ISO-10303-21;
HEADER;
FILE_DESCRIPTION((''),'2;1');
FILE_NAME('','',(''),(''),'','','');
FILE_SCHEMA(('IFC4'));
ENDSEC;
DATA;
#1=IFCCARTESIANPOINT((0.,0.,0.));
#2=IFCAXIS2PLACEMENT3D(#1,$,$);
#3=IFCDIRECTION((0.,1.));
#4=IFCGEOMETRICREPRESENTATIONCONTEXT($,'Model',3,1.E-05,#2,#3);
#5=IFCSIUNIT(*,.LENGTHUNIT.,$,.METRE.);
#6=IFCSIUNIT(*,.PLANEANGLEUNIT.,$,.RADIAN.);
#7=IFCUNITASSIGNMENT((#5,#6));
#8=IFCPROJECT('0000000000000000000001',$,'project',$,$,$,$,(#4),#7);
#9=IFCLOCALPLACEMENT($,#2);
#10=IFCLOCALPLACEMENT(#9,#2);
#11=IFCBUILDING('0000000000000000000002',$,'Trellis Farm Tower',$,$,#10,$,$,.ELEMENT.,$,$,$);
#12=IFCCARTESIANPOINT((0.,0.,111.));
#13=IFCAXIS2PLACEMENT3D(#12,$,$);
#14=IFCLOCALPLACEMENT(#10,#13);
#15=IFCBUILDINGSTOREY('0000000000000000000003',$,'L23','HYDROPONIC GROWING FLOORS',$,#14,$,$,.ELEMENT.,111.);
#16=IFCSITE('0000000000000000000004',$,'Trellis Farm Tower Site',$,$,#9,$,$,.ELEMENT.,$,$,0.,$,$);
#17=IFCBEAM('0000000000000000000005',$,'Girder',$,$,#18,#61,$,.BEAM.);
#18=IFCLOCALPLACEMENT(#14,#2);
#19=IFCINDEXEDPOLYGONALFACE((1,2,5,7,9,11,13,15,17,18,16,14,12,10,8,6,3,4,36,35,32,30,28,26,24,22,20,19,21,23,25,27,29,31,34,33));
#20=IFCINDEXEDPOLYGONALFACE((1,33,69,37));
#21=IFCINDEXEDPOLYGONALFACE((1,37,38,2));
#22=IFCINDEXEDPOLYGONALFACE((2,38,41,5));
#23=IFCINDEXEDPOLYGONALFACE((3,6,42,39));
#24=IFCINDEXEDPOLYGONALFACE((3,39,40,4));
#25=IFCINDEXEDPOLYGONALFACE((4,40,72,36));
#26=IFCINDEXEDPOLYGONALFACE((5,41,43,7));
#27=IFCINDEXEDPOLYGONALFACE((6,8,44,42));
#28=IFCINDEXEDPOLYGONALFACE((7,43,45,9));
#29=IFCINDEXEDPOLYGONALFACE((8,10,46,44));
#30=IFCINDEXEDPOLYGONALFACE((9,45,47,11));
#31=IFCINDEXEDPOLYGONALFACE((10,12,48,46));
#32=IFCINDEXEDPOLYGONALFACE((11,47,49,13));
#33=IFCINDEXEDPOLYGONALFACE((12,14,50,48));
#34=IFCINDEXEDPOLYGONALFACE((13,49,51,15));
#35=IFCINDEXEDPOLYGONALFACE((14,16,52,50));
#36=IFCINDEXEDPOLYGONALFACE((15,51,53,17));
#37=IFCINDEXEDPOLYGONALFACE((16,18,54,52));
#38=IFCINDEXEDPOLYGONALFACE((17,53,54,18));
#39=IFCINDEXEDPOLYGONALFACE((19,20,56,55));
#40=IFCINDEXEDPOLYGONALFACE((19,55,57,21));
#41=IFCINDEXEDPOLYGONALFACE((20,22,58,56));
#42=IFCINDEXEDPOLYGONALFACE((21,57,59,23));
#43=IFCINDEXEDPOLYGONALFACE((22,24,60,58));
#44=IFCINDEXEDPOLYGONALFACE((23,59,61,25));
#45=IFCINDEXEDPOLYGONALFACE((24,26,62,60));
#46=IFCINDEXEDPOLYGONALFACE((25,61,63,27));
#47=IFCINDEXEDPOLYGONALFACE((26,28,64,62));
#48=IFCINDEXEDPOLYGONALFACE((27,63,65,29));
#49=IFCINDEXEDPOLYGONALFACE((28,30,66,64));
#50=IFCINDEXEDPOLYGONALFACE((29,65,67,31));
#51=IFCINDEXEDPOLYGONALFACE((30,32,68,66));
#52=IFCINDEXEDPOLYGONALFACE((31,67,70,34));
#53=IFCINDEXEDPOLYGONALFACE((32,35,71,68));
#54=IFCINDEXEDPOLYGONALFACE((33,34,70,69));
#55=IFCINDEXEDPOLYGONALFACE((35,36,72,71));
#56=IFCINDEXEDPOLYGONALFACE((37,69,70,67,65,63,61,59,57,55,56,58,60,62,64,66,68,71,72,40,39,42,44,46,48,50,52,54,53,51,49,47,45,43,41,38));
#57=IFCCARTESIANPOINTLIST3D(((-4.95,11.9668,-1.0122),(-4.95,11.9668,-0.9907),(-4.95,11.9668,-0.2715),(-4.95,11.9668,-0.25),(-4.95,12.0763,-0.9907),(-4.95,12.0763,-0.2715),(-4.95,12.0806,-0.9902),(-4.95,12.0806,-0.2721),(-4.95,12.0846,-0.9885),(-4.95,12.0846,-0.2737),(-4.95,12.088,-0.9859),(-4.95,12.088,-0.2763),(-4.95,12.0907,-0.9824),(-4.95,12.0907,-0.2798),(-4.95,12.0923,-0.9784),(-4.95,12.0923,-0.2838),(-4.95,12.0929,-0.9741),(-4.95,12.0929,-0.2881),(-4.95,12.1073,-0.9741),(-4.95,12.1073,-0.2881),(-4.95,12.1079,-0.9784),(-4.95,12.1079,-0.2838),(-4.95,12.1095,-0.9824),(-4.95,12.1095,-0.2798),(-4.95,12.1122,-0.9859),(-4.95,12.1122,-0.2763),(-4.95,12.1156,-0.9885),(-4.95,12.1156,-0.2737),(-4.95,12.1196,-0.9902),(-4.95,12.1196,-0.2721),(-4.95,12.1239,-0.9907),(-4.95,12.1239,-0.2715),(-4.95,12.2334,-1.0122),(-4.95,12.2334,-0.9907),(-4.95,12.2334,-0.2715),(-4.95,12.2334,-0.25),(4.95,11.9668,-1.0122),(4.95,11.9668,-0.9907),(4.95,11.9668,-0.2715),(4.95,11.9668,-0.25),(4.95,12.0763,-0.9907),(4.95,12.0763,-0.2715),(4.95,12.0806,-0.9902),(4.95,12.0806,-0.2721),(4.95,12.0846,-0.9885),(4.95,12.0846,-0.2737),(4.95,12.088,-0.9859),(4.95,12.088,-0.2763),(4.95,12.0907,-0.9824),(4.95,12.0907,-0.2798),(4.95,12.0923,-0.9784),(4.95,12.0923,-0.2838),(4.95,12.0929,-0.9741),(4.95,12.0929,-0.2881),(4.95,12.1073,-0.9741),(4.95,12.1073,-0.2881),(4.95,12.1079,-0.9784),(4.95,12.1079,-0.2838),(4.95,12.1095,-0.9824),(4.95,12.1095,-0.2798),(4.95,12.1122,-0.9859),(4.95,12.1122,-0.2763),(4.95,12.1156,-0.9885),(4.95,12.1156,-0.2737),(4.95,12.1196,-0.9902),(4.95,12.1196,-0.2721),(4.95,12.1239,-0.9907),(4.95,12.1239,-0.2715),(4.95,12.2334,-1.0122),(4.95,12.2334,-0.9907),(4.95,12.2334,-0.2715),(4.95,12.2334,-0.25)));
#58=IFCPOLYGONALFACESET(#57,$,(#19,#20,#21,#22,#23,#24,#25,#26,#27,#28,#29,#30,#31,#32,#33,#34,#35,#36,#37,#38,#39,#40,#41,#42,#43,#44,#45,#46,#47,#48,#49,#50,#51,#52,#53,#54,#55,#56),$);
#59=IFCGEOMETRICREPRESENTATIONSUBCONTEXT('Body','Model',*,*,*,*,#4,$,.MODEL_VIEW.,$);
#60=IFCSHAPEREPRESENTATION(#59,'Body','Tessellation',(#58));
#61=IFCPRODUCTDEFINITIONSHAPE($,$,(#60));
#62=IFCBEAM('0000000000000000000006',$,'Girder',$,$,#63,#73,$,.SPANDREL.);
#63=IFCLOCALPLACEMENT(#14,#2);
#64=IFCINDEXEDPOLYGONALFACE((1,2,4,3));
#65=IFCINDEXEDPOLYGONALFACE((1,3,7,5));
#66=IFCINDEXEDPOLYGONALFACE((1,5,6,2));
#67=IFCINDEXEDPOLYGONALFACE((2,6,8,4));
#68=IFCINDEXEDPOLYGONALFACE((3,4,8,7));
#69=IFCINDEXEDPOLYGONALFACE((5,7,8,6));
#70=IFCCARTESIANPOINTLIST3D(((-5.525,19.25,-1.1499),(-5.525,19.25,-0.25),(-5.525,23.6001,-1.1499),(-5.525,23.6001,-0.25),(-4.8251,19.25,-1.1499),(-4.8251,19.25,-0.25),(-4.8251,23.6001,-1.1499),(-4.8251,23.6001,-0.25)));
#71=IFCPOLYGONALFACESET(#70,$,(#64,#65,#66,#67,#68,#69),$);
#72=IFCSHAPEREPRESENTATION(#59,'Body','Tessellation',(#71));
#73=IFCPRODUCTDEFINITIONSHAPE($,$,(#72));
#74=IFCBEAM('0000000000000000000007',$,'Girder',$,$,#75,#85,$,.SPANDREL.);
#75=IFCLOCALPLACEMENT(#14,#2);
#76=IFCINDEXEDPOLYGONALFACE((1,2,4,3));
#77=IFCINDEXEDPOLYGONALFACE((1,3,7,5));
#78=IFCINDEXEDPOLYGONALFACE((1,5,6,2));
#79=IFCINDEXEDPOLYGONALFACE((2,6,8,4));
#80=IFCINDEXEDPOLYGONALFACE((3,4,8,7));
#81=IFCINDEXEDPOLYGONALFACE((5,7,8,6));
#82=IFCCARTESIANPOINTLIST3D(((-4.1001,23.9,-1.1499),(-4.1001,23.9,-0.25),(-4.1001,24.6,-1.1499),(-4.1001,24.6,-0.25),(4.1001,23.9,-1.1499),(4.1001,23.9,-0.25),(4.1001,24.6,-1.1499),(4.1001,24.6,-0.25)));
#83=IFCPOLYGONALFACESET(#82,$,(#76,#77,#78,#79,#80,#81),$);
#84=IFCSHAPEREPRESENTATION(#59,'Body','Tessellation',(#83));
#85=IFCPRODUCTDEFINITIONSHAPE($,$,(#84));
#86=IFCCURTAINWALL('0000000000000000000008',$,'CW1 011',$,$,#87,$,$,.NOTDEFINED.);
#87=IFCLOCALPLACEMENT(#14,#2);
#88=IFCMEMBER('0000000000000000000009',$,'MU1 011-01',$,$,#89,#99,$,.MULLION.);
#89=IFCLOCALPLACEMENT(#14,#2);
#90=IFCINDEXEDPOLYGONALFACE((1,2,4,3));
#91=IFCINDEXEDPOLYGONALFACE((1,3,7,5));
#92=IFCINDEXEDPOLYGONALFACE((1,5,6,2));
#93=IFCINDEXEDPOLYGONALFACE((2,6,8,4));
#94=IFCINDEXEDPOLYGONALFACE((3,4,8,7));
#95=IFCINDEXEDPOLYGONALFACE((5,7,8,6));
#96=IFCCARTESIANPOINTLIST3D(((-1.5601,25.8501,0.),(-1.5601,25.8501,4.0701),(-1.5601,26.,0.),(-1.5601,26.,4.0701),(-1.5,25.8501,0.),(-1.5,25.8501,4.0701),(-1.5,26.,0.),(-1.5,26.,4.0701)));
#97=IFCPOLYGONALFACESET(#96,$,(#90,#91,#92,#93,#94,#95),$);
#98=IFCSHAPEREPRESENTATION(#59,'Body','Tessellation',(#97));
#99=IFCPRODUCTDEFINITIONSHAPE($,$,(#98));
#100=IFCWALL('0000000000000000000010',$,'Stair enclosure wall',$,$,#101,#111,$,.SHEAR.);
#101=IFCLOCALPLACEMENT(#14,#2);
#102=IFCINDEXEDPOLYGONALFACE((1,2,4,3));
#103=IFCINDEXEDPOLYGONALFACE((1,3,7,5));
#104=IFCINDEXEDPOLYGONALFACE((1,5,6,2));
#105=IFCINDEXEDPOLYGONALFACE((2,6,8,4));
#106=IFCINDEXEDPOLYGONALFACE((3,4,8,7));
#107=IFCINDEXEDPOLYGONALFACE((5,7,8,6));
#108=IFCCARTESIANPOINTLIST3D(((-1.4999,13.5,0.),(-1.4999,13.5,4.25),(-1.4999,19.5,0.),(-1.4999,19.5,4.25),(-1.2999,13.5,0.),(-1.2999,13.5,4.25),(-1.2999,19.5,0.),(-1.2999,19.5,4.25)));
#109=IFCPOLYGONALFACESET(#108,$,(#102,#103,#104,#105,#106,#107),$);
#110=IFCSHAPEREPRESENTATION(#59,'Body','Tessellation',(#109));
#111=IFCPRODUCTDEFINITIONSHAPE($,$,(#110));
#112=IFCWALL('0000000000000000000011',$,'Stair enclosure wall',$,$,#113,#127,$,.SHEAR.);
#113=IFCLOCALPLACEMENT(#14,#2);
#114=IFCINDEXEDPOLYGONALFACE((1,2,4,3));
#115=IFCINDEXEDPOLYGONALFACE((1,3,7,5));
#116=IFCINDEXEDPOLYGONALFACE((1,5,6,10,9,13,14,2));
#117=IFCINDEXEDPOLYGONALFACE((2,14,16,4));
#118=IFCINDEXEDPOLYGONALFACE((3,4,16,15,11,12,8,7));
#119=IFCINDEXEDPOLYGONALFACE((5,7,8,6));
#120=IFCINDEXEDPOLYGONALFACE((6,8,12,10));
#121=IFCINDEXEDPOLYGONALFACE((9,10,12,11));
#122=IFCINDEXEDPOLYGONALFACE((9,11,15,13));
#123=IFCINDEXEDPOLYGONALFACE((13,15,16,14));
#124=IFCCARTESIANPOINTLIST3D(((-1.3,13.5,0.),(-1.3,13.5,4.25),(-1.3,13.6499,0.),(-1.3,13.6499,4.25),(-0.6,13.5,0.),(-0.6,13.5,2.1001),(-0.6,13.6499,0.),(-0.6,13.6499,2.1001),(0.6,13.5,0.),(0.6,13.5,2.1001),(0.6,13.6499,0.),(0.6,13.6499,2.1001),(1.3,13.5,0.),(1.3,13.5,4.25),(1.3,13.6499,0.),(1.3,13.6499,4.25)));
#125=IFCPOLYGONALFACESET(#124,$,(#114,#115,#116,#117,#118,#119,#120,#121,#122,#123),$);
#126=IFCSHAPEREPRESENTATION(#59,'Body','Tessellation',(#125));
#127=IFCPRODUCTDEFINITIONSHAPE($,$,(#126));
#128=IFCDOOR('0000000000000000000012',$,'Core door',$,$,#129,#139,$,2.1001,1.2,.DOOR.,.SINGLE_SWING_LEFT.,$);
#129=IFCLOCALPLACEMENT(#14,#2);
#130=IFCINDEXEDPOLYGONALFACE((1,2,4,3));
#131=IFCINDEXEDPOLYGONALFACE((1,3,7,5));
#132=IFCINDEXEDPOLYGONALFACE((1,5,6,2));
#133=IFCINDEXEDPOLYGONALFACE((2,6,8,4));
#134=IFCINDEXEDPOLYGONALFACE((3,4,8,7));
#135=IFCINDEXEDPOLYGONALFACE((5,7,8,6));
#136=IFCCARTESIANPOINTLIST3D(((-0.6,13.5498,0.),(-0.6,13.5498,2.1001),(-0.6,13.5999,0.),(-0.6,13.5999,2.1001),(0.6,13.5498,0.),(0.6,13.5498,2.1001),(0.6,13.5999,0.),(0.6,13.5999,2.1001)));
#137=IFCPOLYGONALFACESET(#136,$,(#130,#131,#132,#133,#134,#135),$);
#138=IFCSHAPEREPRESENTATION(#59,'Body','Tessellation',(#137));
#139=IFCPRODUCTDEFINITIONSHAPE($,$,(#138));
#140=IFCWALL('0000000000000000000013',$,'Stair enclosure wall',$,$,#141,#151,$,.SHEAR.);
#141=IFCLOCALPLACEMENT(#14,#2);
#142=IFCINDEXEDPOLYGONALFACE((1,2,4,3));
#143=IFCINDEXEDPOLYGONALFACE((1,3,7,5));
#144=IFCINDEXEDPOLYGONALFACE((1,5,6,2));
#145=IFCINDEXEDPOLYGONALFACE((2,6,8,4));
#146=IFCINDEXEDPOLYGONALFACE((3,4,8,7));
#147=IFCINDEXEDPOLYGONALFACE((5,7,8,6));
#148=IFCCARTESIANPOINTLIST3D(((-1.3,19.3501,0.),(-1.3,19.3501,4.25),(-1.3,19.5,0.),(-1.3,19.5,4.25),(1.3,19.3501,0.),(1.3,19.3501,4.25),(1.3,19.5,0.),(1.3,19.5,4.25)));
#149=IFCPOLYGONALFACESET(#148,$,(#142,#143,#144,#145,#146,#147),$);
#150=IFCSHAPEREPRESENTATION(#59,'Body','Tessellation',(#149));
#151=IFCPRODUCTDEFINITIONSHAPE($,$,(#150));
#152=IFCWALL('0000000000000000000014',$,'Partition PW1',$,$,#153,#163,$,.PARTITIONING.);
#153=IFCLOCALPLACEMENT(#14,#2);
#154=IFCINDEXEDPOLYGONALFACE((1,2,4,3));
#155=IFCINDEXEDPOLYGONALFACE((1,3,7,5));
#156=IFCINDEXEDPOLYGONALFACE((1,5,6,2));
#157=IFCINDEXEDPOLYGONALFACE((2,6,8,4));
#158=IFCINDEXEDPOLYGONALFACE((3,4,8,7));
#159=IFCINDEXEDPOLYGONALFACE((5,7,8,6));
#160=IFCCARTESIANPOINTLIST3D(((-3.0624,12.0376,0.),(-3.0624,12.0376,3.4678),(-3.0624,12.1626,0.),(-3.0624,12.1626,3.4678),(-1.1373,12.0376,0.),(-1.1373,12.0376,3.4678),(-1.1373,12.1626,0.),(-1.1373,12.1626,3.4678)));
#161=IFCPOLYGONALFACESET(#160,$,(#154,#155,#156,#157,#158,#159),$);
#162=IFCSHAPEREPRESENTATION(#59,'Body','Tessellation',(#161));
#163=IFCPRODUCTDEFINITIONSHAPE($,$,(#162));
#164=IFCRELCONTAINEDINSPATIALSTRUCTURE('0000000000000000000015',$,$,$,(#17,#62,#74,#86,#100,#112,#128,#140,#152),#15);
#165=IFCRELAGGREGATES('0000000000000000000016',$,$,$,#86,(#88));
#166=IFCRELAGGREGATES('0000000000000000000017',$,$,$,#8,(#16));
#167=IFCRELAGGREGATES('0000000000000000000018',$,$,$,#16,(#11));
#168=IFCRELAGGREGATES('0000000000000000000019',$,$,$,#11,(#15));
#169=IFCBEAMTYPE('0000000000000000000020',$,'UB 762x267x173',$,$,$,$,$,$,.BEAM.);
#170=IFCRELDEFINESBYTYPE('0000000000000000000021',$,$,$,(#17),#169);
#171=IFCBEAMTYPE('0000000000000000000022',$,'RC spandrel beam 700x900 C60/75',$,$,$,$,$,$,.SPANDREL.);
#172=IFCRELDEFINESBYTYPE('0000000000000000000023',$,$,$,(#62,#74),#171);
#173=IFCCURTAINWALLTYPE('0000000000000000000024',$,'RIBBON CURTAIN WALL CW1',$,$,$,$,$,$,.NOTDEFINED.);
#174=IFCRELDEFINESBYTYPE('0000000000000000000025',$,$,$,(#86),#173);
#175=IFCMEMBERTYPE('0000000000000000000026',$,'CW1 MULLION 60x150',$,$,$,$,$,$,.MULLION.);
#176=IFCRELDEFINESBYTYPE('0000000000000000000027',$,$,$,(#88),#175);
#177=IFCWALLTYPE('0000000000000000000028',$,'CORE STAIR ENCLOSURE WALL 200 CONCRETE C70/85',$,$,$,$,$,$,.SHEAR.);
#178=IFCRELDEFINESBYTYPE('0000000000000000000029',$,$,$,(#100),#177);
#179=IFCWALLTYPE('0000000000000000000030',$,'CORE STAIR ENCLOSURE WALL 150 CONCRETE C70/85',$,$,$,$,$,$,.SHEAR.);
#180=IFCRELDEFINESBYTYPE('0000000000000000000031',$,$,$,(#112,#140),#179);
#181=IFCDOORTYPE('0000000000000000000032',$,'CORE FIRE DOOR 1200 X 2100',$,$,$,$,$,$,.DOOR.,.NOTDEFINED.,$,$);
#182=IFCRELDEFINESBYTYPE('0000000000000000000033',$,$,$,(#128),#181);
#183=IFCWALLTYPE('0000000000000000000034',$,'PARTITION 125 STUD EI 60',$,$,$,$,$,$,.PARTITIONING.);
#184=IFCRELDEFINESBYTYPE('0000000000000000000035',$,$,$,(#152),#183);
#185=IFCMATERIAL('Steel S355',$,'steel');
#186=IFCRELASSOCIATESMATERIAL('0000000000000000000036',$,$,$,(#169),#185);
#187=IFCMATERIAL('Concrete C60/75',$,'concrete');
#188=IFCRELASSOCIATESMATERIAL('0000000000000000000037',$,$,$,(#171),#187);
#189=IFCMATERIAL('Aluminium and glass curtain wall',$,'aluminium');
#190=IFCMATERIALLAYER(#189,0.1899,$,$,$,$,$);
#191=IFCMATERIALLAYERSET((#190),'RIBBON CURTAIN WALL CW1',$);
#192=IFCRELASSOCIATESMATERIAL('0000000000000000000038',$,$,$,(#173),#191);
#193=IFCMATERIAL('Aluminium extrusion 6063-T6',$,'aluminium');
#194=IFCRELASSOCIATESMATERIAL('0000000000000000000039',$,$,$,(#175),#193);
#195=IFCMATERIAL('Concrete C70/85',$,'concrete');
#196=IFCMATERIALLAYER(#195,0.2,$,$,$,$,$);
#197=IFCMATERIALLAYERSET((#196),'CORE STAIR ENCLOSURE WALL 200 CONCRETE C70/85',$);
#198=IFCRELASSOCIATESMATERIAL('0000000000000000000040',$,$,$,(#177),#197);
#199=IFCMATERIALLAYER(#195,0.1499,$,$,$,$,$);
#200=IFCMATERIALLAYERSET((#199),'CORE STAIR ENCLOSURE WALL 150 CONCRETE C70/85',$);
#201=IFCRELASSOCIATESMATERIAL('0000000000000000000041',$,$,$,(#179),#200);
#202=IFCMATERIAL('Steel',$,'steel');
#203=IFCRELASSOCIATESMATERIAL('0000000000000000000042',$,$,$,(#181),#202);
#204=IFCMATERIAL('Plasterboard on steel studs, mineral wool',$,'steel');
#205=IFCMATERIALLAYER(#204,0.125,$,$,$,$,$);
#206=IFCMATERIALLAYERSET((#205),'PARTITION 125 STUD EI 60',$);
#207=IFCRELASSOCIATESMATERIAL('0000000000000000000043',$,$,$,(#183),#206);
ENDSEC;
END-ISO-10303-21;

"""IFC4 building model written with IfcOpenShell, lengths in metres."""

from ifc_helpers import new_model, si_unit, direction, frame, frame_2d, origin, origin_2d, place, context, subcontext, project, spatial, rectangle, i_section, extrude, source, transform, mapped, material, layer, layer_set, material_profile, profile_set, type_object, element, fill, aggregate, save


model = new_model("IFC4")

# Units and contexts
model_context = context("Model", 3, precision=1e-05, world=origin(), true_north=direction((0.0, 1.0)))
body_context = subcontext(model_context, "Body", "Model", "MODEL_VIEW")
ifc_project = project(units=[si_unit("LENGTHUNIT", "METRE"), si_unit("PLANEANGLEUNIT", "RADIAN")], contexts=[model_context])

# Site, building, storey
site_placement = place(None, origin())
site = spatial("IfcSite", under=ifc_project, at=site_placement, Name="Trellis Farm Tower Site", CompositionType="ELEMENT", RefElevation=0.0)
building_placement = place(site_placement, origin())
building = spatial("IfcBuilding", under=site, at=building_placement, Name="Trellis Farm Tower", CompositionType="ELEMENT")
storey_placement = place(building_placement, frame((0.0, 0.0, 111.0)))
storey = spatial("IfcBuildingStorey", under=building, at=storey_placement, Name="L23", Description="HYDROPONIC GROWING FLOORS", CompositionType="ELEMENT", Elevation=111.0)

# Beams
ifc_material_1 = material(Name="Steel S355", Category="steel")
ifc_material_profile_1 = material_profile(ifc_material_1, i_section(OverallWidth=0.2666, OverallDepth=0.7622, WebThickness=0.0144, FlangeThickness=0.0215, FilletRadius=0.0166, at=origin_2d()), Name="UB 762x267x173")
ifc_profile_set_1 = profile_set([ifc_material_profile_1], Name="Steel S355")
beam_type_1 = type_object("IfcBeamType", Name="UB 762x267x173", PredefinedType="BEAM", material=ifc_profile_set_1)
shared_shape_1 = source(origin(), body_context, "Body", "SweptSolid", [
    extrude(i_section(OverallWidth=0.2666, OverallDepth=0.7622, WebThickness=0.0144, FlangeThickness=0.0215, FilletRadius=0.0166, at=origin_2d()), origin(), (0.0, 0.0, 1.0), 9.8999),
])
for number, where, z_axis, x_axis, name in (
    (1, (-4.95, 12.1001, -0.6311), (1.0, 0.0, 0.0), (0.0, 1.0, 0.0), "Girder"),
):
    element("IfcBeam", number, at=place(storey_placement, frame(where, z_axis=z_axis, x_axis=x_axis)), inside=storey, type_object=beam_type_1, Name=name, PredefinedType="BEAM", context=body_context, shape_type="MappedRepresentation", body=[
        mapped(shared_shape_1, transform((0.0, 0.0, 0.0))),
    ])
ifc_material_2 = material(Name="Concrete C60/75", Category="concrete")
ifc_material_profile_2 = material_profile(ifc_material_2, rectangle(XDim=0.7, YDim=0.8999, at=origin_2d()), Name="RC spandrel beam 700x900 C60/75")
ifc_profile_set_2 = profile_set([ifc_material_profile_2], Name="Concrete C60/75")
beam_type_2 = type_object("IfcBeamType", Name="RC spandrel beam 700x900 C60/75", PredefinedType="SPANDREL", material=ifc_profile_set_2)
shared_shape_2 = source(origin(), body_context, "Body", "SweptSolid", [
    extrude(rectangle(XDim=0.7, YDim=0.8999, at=origin_2d()), origin(), (0.0, 0.0, 1.0), 4.3501),
])
beam_1_placement = place(storey_placement, frame((-5.175, 19.25, -0.7), z_axis=(0.0, 1.0, 0.0), x_axis=(-1.0, 0.0, 0.0)))
element("IfcBeam", 2, at=beam_1_placement, inside=storey, type_object=beam_type_2, Name="Girder", PredefinedType="SPANDREL", context=body_context, shape_type="MappedRepresentation", body=[
    mapped(shared_shape_2, transform((0.0, 0.0, 0.0))),
])
shared_shape_3 = source(origin(), body_context, "Body", "SweptSolid", [
    extrude(rectangle(XDim=0.7, YDim=0.8999, at=origin_2d()), origin(), (0.0, 0.0, 1.0), 8.2002),
])
beam_2_placement = place(storey_placement, frame((-4.1001, 24.25, -0.7), z_axis=(1.0, 0.0, 0.0), x_axis=(0.0, 1.0, 0.0)))
element("IfcBeam", 3, at=beam_2_placement, inside=storey, type_object=beam_type_2, Name="Girder", PredefinedType="SPANDREL", context=body_context, shape_type="MappedRepresentation", body=[
    mapped(shared_shape_3, transform((0.0, 0.0, 0.0))),
])

# Curtain wall, member
ifc_material_3 = material(Name="Aluminium and glass curtain wall", Category="aluminium")
ifc_layer_1 = layer(ifc_material_3, 0.1899)
ifc_layer_set_1 = layer_set([ifc_layer_1], Name="RIBBON CURTAIN WALL CW1")
curtain_wall_type = type_object("IfcCurtainWallType", Name="RIBBON CURTAIN WALL CW1", PredefinedType="NOTDEFINED", material=ifc_layer_set_1)
placement = place(storey_placement, origin())
curtain_wall = element("IfcCurtainWall", 4, at=placement, inside=storey, type_object=curtain_wall_type, Name="CW1 011", PredefinedType="NOTDEFINED")
ifc_material_4 = material(Name="Aluminium extrusion 6063-T6", Category="aluminium")
ifc_material_profile_3 = material_profile(ifc_material_4, rectangle(XDim=0.0601, YDim=0.1499, at=origin_2d()), Name="MULLION 60x150")
ifc_profile_set_3 = profile_set([ifc_material_profile_3], Name="Aluminium extrusion 6063-T6")
member_type = type_object("IfcMemberType", Name="CW1 MULLION 60x150", PredefinedType="MULLION", material=ifc_profile_set_3)
shared_shape_4 = source(origin(), body_context, "Body", "SweptSolid", [
    extrude(rectangle(XDim=0.0601, YDim=0.1499, at=origin_2d()), origin(), (0.0, 0.0, 1.0), 4.0701),
])
member_placement = place(storey_placement, frame((-1.53, 25.925, 0.0), z_axis=(0.0, 0.0, 1.0), x_axis=(-1.0, 0.0, 0.0)))
member = element("IfcMember", 5, at=member_placement, type_object=member_type, Name="MU1 011-01", PredefinedType="MULLION", context=body_context, shape_type="MappedRepresentation", body=[
    mapped(shared_shape_4, transform((0.0, 0.0, 0.0))),
])
aggregate(curtain_wall, [member])

# Wall
ifc_material_5 = material(Name="Concrete C70/85", Category="concrete")
ifc_layer_2 = layer(ifc_material_5, 0.2)
ifc_layer_set_2 = layer_set([ifc_layer_2], Name="CORE STAIR ENCLOSURE WALL 200 CONCRETE C70/85")
wall_type_1 = type_object("IfcWallType", Name="CORE STAIR ENCLOSURE WALL 200 CONCRETE C70/85", PredefinedType="SHEAR", material=ifc_layer_set_2)
shared_shape_5 = source(origin(), body_context, "Body", "SweptSolid", [
    extrude(rectangle(XDim=6.0, YDim=0.2, at=frame_2d((3.0, 0.0))), origin(), (0.0, 0.0, 1.0), 4.25),
])
wall_1_placement = place(storey_placement, frame((-1.3999, 13.5, 0.0), z_axis=(0.0, 0.0, 1.0), x_axis=(0.0, 1.0, 0.0)))
element("IfcWall", 6, at=wall_1_placement, inside=storey, type_object=wall_type_1, Name="Stair enclosure wall", PredefinedType="SHEAR", context=body_context, shape_type="MappedRepresentation", body=[
    mapped(shared_shape_5, transform((0.0, 0.0, 0.0))),
])

# Wall, opening, door
ifc_layer_3 = layer(ifc_material_5, 0.1499)
ifc_layer_set_3 = layer_set([ifc_layer_3], Name="CORE STAIR ENCLOSURE WALL 150 CONCRETE C70/85")
wall_type_2 = type_object("IfcWallType", Name="CORE STAIR ENCLOSURE WALL 150 CONCRETE C70/85", PredefinedType="SHEAR", material=ifc_layer_set_3)
shared_shape_6 = source(origin(), body_context, "Body", "SweptSolid", [
    extrude(rectangle(XDim=2.6001, YDim=0.1499, at=frame_2d((1.3, 0.0))), origin(), (0.0, 0.0, 1.0), 4.25),
])
wall_2_placement = place(storey_placement, frame((-1.3, 13.575, 0.0), z_axis=(0.0, 0.0, 1.0), x_axis=(1.0, 0.0, 0.0)))
wall_2 = element("IfcWall", 7, at=wall_2_placement, inside=storey, type_object=wall_type_2, Name="Stair enclosure wall", PredefinedType="SHEAR", context=body_context, shape_type="MappedRepresentation", body=[
    mapped(shared_shape_6, transform((0.0, 0.0, 0.0))),
])
shared_shape_7 = source(origin(), body_context, "Body", "SweptSolid", [
    extrude(rectangle(XDim=1.2, YDim=2.1001, at=frame_2d((0.6001, 1.05))), frame((0.0, 0.085, 0.0), z_axis=(0.0, -1.0, 0.0), x_axis=(1.0, 0.0, 0.0)), (0.0, 0.0, 1.0), 0.1699),
])
opening_1_placement = place(wall_2_placement, frame((0.7, 0.0, 0.0)))
opening_1 = element("IfcOpeningElement", 8, at=opening_1_placement, cuts=wall_2, PredefinedType="OPENING", context=body_context, shape_type="MappedRepresentation", body=[
    mapped(shared_shape_7, transform((0.0, 0.0, 0.0))),
])
ifc_material_6 = material(Name="Steel", Category="steel")
door_type_1 = type_object("IfcDoorType", Name="CORE FIRE DOOR 1200 X 2100", OperationType="NOTDEFINED", PredefinedType="DOOR", material=ifc_material_6)
shared_shape_8 = source(origin(), body_context, "Body", "SweptSolid", [
    extrude(rectangle(XDim=1.2, YDim=2.1001, at=frame_2d((0.6001, 1.05))), frame((0.0, 0.0249, 0.0), z_axis=(0.0, -1.0, 0.0), x_axis=(1.0, 0.0, 0.0)), (0.0, 0.0, 1.0), 0.05),
])
door_1_placement = place(opening_1_placement, origin())
door_1 = element("IfcDoor", 9, at=door_1_placement, inside=storey, type_object=door_type_1, Name="Core door", OperationType="SINGLE_SWING_LEFT", OverallHeight=2.1001, OverallWidth=1.2, PredefinedType="DOOR", context=body_context, shape_type="MappedRepresentation", body=[
    mapped(shared_shape_8, transform((0.0, 0.0, 0.0))),
])
fill(opening_1, door_1)

# Walls
wall_3_placement = place(storey_placement, frame((-1.3, 19.425, 0.0), z_axis=(0.0, 0.0, 1.0), x_axis=(1.0, 0.0, 0.0)))
element("IfcWall", 10, at=wall_3_placement, inside=storey, type_object=wall_type_2, Name="Stair enclosure wall", PredefinedType="SHEAR", context=body_context, shape_type="MappedRepresentation", body=[
    mapped(shared_shape_6, transform((0.0, 0.0, 0.0))),
])
ifc_material_7 = material(Name="Plasterboard on steel studs, mineral wool", Category="steel")
ifc_layer_4 = layer(ifc_material_7, 0.125)
ifc_layer_set_4 = layer_set([ifc_layer_4], Name="PARTITION 125 STUD EI 60")
wall_type_3 = type_object("IfcWallType", Name="PARTITION 125 STUD EI 60", PredefinedType="PARTITIONING", material=ifc_layer_set_4)
shared_shape_9 = source(origin(), body_context, "Body", "SweptSolid", [
    extrude(rectangle(XDim=1.925, YDim=0.125, at=frame_2d((0.9624, 0.0))), origin(), (0.0, 0.0, 1.0), 3.4678),
])
wall_4_placement = place(storey_placement, frame((-1.1375, 12.1001, 0.0), z_axis=(0.0, 0.0, 1.0), x_axis=(-1.0, 0.0, 0.0)))
element("IfcWall", 11, at=wall_4_placement, inside=storey, type_object=wall_type_3, Name="Partition PW1", PredefinedType="PARTITIONING", context=body_context, shape_type="MappedRepresentation", body=[
    mapped(shared_shape_9, transform((0.0, 0.0, 0.0))),
])

save(model, "model.ifc")
